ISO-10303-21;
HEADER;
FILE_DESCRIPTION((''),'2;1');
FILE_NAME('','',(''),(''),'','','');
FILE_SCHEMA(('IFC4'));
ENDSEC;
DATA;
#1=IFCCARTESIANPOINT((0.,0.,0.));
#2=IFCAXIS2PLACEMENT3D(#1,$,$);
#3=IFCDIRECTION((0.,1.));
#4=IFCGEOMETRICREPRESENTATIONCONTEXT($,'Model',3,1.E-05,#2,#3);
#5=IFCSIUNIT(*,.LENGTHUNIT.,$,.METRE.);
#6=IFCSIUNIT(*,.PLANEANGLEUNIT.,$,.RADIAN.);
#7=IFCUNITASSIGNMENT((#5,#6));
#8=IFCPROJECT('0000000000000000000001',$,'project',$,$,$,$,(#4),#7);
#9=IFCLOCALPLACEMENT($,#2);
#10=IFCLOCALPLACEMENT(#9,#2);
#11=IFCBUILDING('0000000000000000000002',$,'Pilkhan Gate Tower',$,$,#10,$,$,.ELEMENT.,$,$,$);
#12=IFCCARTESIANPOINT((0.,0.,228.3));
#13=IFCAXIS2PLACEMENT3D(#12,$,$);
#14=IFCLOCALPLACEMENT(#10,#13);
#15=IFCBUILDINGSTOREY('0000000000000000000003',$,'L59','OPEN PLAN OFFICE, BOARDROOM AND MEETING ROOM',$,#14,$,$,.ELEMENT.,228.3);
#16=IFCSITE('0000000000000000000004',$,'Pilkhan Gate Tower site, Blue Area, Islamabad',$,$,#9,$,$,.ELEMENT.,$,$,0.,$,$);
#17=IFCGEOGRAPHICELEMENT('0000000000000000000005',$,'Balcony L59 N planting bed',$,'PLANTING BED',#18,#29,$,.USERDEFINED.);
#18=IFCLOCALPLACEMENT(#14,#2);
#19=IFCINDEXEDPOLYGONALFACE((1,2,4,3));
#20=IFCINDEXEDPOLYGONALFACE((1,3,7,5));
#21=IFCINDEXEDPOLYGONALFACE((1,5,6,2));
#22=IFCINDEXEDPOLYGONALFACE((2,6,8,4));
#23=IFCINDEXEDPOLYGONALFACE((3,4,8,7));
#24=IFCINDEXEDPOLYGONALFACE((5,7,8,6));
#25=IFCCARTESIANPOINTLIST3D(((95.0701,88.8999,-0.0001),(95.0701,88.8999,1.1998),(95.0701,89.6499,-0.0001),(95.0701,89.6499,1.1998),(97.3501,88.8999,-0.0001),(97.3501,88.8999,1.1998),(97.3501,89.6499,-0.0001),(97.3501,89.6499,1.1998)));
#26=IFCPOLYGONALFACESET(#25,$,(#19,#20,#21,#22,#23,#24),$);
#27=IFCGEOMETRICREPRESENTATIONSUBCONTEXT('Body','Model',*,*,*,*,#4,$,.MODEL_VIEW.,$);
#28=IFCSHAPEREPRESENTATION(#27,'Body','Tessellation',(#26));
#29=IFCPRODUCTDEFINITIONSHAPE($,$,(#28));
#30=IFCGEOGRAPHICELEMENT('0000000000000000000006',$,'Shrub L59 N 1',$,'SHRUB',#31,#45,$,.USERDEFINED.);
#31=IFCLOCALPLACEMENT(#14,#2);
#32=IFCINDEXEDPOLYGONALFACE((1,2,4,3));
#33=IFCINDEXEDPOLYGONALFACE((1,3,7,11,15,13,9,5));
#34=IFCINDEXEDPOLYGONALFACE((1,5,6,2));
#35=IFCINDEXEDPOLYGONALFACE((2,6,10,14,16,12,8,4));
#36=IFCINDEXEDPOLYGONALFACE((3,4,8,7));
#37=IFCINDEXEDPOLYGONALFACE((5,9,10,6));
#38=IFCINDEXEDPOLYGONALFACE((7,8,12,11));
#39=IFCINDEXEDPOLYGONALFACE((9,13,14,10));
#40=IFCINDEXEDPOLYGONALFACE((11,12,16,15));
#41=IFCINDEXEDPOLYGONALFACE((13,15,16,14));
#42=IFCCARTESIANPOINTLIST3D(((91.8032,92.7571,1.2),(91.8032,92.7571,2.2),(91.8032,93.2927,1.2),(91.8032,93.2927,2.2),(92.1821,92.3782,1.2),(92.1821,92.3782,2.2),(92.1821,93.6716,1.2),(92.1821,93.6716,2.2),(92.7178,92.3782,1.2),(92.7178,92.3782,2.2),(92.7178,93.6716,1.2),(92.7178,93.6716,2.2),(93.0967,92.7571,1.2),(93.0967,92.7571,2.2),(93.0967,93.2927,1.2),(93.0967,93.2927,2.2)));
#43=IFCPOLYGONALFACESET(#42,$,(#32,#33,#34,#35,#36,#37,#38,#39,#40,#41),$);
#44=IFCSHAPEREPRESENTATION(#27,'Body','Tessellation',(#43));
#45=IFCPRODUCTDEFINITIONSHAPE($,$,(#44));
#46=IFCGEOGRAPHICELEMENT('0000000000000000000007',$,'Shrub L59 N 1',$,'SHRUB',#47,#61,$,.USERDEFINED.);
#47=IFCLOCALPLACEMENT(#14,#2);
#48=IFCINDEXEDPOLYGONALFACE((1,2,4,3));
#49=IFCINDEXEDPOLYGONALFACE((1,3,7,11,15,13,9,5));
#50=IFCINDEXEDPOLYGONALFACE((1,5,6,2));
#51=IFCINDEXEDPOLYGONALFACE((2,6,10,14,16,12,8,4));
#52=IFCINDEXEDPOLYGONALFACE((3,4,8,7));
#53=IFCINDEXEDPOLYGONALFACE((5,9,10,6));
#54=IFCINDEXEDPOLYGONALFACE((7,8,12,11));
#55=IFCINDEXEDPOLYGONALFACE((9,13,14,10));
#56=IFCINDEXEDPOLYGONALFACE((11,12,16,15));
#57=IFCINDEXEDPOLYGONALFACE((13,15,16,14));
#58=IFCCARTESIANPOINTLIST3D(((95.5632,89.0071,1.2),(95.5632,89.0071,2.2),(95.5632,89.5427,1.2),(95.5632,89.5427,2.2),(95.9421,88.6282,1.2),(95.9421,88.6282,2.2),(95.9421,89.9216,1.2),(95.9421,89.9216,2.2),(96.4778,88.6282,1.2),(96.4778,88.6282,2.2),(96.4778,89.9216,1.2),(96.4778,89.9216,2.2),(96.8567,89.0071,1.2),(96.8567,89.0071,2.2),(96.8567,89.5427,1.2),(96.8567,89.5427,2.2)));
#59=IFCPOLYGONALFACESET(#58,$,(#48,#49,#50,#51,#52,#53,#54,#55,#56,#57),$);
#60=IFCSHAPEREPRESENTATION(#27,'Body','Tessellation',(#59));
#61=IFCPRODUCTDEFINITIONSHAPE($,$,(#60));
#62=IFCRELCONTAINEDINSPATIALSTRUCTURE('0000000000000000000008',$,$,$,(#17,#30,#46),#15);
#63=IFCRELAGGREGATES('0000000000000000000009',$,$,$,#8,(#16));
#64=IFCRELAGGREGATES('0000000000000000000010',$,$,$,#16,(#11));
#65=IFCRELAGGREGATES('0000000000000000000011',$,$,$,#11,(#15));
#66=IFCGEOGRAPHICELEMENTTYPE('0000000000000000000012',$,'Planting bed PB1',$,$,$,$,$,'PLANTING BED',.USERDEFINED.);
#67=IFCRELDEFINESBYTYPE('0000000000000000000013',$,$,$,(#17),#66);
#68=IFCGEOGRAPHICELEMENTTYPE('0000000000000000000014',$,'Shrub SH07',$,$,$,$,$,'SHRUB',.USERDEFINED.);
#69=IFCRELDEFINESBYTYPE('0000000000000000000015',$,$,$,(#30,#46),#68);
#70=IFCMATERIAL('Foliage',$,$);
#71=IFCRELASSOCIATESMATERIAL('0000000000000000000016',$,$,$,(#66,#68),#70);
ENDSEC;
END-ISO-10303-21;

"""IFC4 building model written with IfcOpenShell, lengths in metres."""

from ifc_helpers import new_model, si_unit, direction, frame, origin, origin_2d, place, context, subcontext, project, spatial, polyline, rectangle, outline, extrude, material, material_profile, profile_set, type_object, element, save


model = new_model("IFC4")

# Units and contexts
model_context = context("Model", 3, precision=1e-05, world=origin(), true_north=direction((0.0, 1.0)))
body_context = subcontext(model_context, "Body", "Model", "MODEL_VIEW")
ifc_project = project(units=[si_unit("LENGTHUNIT", "METRE"), si_unit("PLANEANGLEUNIT", "RADIAN")], contexts=[model_context])

# Site, building, storey
site_placement = place(None, origin())
site = spatial("IfcSite", under=ifc_project, at=site_placement, Name="Pilkhan Gate Tower site, Blue Area, Islamabad", CompositionType="ELEMENT", RefElevation=0.0)
building_placement = place(site_placement, origin())
building = spatial("IfcBuilding", under=site, at=building_placement, Name="Pilkhan Gate Tower", CompositionType="ELEMENT")
storey_placement = place(building_placement, frame((0.0, 0.0, 228.3)))
storey = spatial("IfcBuildingStorey", under=building, at=storey_placement, Name="L59", Description="OPEN PLAN OFFICE, BOARDROOM AND MEETING ROOM", CompositionType="ELEMENT", Elevation=228.3)

# Geographic elements
ifc_material_1 = material(Name="Foliage")
ifc_material_profile_1 = material_profile(ifc_material_1, rectangle(XDim=0.75, YDim=1.2, at=origin_2d()), Name="Bed 750x1200")
ifc_profile_set_1 = profile_set([ifc_material_profile_1], Name="Foliage")
geographic_element_type_1 = type_object("IfcGeographicElementType", Name="Planting bed PB1", ElementType="PLANTING BED", PredefinedType="USERDEFINED", material=ifc_profile_set_1)
geographic_element_placement = place(storey_placement, frame((95.0701, 89.2749, 0.5999), z_axis=(1.0, 0.0, 0.0), x_axis=(0.0, 1.0, 0.0)))
element("IfcGeographicElement", 1, at=geographic_element_placement, inside=storey, type_object=geographic_element_type_1, Name="Balcony L59 N planting bed", ObjectType="PLANTING BED", PredefinedType="USERDEFINED", context=body_context, shape_type="SweptSolid", body=[
    extrude(rectangle(XDim=0.75, YDim=1.2, at=origin_2d()), origin(), (0.0, 0.0, 1.0), 2.28),
])
ifc_material_profile_2 = material_profile(ifc_material_1, outline(polyline([(0.6467, 0.2678), (0.2678, 0.6467), (-0.2678, 0.6467), (-0.6467, 0.2678), (-0.6467, -0.2678), (-0.2678, -0.6467), (0.2678, -0.6467), (0.6467, -0.2678), (0.6467, 0.2678)])), Name="Shrub D1.4")
ifc_profile_set_2 = profile_set([ifc_material_profile_2], Name="Foliage")
geographic_element_type_2 = type_object("IfcGeographicElementType", Name="Shrub SH07", ElementType="SHRUB", PredefinedType="USERDEFINED", material=ifc_profile_set_2)
for number, where, z_axis, x_axis, name in (
    (2, (92.45, 93.0249, 1.2), (0.0, 0.0, 1.0), (1.0, 0.0, 0.0), "Shrub L59 N 1"),
    (3, (96.21, 89.2749, 1.2), (0.0, 0.0, 1.0), (1.0, 0.0, 0.0), "Shrub L59 N 1"),
):
    element("IfcGeographicElement", number, at=place(storey_placement, frame(where, z_axis=z_axis, x_axis=x_axis)), inside=storey, type_object=geographic_element_type_2, Name=name, ObjectType="SHRUB", PredefinedType="USERDEFINED", context=body_context, shape_type="SweptSolid", body=[
        extrude(outline(polyline([(0.6467, 0.2678), (0.2678, 0.6467), (-0.2678, 0.6467), (-0.6467, 0.2678), (-0.6467, -0.2678), (-0.2678, -0.6467), (0.2678, -0.6467), (0.6467, -0.2678), (0.6467, 0.2678)])), origin(), (0.0, 0.0, 1.0), 1.0),
    ])

save(model, "model.ifc")
